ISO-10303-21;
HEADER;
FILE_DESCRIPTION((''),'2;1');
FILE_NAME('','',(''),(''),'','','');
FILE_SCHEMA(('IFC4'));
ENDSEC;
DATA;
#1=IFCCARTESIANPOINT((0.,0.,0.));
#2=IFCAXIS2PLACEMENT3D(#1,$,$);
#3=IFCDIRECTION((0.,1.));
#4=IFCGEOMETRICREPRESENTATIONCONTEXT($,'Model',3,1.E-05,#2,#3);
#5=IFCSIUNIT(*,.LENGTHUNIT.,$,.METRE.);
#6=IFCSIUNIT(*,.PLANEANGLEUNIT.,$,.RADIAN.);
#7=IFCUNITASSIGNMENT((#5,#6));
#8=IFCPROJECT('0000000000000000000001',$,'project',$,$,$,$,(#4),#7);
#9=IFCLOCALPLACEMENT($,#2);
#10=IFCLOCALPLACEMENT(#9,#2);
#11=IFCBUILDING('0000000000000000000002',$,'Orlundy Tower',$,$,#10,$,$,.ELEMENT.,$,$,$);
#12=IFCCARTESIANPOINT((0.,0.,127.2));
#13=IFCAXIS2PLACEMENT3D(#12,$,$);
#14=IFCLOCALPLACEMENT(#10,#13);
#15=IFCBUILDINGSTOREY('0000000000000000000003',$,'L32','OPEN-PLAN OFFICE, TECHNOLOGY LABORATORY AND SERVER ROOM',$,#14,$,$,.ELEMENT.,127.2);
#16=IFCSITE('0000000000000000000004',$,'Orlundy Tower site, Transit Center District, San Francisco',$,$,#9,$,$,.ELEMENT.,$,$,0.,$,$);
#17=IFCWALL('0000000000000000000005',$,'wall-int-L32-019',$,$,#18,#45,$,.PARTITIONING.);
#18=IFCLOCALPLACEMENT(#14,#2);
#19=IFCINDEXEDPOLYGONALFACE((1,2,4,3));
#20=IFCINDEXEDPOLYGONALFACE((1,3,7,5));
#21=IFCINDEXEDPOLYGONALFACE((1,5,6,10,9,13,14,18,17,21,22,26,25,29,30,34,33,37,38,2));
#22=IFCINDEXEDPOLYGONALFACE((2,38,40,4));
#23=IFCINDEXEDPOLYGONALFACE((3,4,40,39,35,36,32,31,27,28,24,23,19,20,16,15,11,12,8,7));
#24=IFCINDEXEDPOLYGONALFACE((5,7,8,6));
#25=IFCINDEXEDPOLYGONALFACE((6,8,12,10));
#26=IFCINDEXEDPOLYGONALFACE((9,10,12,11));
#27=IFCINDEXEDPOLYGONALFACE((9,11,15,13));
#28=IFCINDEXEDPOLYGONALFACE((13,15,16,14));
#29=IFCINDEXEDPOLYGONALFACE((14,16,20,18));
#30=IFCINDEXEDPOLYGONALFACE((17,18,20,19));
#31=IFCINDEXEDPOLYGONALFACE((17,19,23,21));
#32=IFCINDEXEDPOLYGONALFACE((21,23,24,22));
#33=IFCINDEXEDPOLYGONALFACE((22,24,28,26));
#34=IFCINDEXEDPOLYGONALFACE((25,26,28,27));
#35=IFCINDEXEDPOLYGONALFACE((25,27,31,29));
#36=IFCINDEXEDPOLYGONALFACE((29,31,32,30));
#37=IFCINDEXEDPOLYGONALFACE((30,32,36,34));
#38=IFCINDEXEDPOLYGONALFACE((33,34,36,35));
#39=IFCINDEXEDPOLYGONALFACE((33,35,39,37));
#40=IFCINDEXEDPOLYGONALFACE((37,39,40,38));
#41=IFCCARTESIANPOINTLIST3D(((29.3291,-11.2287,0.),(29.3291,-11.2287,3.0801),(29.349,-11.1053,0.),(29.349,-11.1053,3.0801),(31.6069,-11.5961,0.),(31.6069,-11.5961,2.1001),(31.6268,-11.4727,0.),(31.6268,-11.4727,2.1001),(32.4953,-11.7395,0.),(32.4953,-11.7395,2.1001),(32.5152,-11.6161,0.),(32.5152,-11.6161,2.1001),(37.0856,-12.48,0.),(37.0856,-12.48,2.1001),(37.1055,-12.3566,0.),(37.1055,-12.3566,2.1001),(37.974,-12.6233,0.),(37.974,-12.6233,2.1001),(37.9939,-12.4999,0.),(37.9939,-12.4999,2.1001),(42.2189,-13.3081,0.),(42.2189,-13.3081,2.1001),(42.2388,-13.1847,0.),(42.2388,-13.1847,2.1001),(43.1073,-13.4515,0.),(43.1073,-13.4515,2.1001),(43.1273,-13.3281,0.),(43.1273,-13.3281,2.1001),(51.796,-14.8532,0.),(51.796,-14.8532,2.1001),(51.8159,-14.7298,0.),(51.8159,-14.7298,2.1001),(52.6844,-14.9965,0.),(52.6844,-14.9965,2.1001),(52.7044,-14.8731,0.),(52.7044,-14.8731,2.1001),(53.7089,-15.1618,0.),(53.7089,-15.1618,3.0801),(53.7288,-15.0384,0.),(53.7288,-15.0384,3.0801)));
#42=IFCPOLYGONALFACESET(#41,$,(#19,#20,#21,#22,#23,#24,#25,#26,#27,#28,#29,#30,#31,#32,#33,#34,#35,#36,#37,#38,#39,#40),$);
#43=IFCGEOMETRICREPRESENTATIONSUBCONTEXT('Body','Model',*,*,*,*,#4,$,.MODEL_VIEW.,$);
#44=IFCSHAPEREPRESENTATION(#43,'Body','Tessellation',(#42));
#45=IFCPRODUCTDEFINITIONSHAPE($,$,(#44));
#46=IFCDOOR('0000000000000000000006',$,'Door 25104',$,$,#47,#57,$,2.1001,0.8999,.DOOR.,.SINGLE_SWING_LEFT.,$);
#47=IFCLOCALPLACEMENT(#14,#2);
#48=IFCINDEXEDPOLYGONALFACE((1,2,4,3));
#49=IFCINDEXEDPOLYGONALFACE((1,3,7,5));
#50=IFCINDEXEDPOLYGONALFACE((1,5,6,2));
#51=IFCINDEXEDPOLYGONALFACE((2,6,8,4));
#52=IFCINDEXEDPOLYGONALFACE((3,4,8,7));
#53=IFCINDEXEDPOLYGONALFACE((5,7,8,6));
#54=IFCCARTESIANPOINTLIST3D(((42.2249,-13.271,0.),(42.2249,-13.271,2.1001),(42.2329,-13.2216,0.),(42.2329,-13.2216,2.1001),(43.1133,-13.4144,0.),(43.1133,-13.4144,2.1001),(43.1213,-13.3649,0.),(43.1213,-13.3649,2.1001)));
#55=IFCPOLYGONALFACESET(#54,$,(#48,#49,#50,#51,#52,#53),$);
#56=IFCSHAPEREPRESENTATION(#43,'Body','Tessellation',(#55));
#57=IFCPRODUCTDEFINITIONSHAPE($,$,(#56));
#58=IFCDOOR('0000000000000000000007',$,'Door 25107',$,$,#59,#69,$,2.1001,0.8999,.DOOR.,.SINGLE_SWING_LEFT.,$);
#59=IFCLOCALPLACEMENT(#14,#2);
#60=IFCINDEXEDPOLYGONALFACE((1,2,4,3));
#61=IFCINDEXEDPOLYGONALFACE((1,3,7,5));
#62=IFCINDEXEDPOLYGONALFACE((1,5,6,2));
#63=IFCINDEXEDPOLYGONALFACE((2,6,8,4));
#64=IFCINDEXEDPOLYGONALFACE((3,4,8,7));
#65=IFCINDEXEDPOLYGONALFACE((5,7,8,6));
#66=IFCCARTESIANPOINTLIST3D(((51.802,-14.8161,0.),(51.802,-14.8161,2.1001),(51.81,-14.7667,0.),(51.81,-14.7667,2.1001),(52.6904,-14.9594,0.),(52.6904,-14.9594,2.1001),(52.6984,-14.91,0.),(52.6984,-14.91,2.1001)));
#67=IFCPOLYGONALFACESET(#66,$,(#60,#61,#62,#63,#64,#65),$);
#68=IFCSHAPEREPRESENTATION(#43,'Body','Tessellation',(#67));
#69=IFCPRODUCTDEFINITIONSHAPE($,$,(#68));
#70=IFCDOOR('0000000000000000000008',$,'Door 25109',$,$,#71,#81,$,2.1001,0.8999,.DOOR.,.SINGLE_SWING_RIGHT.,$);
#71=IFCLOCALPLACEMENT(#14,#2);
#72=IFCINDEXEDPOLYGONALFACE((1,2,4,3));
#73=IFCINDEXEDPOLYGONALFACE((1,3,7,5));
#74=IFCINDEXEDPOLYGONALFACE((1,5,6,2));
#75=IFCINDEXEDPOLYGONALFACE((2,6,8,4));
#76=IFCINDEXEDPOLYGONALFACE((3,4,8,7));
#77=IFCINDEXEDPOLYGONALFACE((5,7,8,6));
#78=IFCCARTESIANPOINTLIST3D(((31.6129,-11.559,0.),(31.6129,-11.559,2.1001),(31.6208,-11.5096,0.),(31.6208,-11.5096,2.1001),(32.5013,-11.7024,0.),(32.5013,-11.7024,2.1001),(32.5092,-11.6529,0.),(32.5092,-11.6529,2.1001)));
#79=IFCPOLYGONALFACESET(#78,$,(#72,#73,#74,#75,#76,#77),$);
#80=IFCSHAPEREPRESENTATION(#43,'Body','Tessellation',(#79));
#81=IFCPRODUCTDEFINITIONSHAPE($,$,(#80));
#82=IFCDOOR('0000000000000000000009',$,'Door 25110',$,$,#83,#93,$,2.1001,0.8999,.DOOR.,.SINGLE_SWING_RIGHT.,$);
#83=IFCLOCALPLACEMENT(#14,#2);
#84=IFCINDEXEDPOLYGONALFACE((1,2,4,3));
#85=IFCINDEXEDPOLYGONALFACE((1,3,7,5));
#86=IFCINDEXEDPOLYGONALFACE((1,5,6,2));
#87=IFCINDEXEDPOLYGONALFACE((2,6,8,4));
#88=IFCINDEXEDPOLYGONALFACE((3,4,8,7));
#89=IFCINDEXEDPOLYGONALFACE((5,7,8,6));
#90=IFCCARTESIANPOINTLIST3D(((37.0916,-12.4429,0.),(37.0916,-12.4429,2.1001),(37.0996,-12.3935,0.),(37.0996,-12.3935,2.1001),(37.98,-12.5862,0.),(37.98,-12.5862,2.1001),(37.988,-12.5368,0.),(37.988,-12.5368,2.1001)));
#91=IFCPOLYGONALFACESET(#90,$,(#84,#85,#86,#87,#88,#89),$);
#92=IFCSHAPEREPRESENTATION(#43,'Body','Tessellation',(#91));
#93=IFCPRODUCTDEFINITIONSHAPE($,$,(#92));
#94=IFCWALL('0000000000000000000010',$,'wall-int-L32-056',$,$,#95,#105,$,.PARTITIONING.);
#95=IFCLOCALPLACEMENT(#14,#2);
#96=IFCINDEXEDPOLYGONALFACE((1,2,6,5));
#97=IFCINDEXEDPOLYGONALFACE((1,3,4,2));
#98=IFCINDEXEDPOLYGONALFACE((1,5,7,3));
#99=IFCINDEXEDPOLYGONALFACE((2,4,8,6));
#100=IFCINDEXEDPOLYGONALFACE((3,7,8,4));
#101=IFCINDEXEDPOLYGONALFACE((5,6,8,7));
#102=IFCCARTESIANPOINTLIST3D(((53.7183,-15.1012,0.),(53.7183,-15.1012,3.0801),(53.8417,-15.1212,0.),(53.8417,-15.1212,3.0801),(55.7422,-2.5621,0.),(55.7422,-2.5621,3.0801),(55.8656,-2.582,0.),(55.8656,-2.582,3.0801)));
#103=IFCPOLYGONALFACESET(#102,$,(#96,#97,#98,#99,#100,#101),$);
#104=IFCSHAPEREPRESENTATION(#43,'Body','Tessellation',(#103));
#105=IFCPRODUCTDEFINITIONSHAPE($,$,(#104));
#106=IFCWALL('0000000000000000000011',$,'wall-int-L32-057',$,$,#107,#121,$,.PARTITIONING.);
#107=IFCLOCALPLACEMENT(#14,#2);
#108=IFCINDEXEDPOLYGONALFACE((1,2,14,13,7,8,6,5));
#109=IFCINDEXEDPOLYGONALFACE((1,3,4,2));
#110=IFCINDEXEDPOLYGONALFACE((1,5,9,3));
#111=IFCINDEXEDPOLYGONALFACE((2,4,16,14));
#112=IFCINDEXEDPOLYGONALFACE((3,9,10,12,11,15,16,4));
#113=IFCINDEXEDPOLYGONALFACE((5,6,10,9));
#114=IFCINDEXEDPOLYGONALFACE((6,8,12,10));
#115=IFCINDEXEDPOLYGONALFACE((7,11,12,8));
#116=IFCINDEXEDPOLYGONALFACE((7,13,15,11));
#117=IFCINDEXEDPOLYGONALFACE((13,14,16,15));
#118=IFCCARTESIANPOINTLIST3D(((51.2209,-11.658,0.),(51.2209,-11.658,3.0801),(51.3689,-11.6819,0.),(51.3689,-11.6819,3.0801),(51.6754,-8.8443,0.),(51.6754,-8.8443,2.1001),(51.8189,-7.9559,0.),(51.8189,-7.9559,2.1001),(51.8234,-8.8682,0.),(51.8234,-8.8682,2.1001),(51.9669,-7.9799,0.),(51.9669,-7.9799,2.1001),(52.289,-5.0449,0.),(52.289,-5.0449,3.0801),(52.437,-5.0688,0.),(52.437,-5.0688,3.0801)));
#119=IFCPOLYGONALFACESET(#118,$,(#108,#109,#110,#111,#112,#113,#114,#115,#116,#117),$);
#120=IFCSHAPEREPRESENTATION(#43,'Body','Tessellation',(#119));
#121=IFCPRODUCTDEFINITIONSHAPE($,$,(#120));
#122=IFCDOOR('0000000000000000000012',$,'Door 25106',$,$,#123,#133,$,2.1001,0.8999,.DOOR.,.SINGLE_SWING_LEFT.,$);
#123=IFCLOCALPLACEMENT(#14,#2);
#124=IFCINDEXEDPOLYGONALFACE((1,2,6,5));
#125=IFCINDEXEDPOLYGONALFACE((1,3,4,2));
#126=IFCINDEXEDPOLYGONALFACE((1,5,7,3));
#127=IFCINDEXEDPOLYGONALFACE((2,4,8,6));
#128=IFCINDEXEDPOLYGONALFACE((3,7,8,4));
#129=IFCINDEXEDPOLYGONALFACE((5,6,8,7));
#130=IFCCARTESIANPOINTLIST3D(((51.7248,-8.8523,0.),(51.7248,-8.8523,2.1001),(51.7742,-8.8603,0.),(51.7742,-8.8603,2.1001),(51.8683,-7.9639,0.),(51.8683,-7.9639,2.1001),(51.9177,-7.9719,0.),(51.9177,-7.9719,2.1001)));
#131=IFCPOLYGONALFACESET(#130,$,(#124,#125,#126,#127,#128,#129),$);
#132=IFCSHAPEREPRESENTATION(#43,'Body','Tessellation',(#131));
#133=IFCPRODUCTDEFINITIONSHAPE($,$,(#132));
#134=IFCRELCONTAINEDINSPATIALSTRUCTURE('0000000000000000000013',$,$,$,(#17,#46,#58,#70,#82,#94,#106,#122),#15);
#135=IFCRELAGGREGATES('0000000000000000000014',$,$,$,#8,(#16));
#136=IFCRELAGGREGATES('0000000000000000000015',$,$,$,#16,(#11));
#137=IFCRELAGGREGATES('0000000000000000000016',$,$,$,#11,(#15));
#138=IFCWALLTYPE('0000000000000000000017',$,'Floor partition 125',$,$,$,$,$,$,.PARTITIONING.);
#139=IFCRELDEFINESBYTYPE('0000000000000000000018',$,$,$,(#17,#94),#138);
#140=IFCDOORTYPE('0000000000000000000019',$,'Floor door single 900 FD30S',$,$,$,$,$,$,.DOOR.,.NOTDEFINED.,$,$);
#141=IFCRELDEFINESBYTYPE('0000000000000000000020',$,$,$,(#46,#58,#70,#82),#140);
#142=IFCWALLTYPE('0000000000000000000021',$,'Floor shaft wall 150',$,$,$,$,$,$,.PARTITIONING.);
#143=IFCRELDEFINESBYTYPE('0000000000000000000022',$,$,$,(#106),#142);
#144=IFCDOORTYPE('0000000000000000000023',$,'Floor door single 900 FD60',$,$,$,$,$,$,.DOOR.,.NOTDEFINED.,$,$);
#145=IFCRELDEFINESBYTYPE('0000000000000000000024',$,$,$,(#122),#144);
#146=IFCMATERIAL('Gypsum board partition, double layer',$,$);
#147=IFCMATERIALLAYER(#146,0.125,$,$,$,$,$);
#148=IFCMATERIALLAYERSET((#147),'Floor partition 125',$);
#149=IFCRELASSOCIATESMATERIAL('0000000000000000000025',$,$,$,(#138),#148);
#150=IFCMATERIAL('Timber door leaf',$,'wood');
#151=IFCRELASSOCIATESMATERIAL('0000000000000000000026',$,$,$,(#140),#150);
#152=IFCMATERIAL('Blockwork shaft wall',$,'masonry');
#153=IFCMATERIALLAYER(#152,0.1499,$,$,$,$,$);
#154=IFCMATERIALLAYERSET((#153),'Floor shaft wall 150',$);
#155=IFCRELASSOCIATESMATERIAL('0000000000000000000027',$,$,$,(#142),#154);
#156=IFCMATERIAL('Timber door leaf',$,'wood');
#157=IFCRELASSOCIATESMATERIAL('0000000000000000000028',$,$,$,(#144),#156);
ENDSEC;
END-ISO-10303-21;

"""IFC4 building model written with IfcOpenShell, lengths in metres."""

from ifc_helpers import new_model, si_unit, direction, frame, frame_2d, origin, place, context, subcontext, project, spatial, rectangle, extrude, material, layer, layer_set, type_object, element, fill, save


model = new_model("IFC4")

# Units and contexts
model_context = context("Model", 3, precision=1e-05, world=origin(), true_north=direction((0.0, 1.0)))
body_context = subcontext(model_context, "Body", "Model", "MODEL_VIEW")
ifc_project = project(units=[si_unit("LENGTHUNIT", "METRE"), si_unit("PLANEANGLEUNIT", "RADIAN")], contexts=[model_context])

# Site, building, storey
site_placement = place(None, origin())
site = spatial("IfcSite", under=ifc_project, at=site_placement, Name="Orlundy Tower site, Transit Center District, San Francisco", CompositionType="ELEMENT", RefElevation=0.0)
building_placement = place(site_placement, origin())
building = spatial("IfcBuilding", under=site, at=building_placement, Name="Orlundy Tower", CompositionType="ELEMENT")
storey_placement = place(building_placement, frame((0.0, 0.0, 127.2)))
storey = spatial("IfcBuildingStorey", under=building, at=storey_placement, Name="L32", Description="OPEN-PLAN OFFICE, TECHNOLOGY LABORATORY AND SERVER ROOM", CompositionType="ELEMENT", Elevation=127.2)

# Wall, openings, doors
ifc_material_1 = material(Name="Gypsum board partition, double layer")
ifc_layer_1 = layer(ifc_material_1, 0.125)
ifc_layer_set_1 = layer_set([ifc_layer_1], Name="Floor partition 125")
wall_type_1 = type_object("IfcWallType", Name="Floor partition 125", PredefinedType="PARTITIONING", material=ifc_layer_set_1)
wall_1_placement = place(storey_placement, frame((53.719, -15.1001, 0.0), z_axis=(0.0, 0.0, 1.0), x_axis=(-0.987236, 0.159267, 0.0)))
wall_1 = element("IfcWall", 1, at=wall_1_placement, inside=storey, type_object=wall_type_1, Name="wall-int-L32-019", PredefinedType="PARTITIONING", context=body_context, shape_type="SweptSolid", body=[
    extrude(rectangle(XDim=24.6951, YDim=0.125, at=frame_2d((12.3477, 0.0))), origin(), (0.0, 0.0, 1.0), 3.0801),
])
opening_1_placement = place(wall_1_placement, frame((10.7388, 0.0, 0.0)))
opening_1 = element("IfcOpeningElement", 2, at=opening_1_placement, cuts=wall_1, PredefinedType="OPENING", context=body_context, shape_type="SweptSolid", body=[
    extrude(rectangle(XDim=0.8999, YDim=2.1001, at=frame_2d((0.45, 1.05))), frame((0.0, 0.0725, 0.0), z_axis=(0.0, -1.0, 0.0), x_axis=(1.0, 0.0, 0.0)), (0.0, 0.0, 1.0), 0.145),
])
opening_2_placement = place(wall_1_placement, frame((1.0378, 0.0, 0.0)))
opening_2 = element("IfcOpeningElement", 3, at=opening_2_placement, cuts=wall_1, PredefinedType="OPENING", context=body_context, shape_type="SweptSolid", body=[
    extrude(rectangle(XDim=0.8999, YDim=2.1001, at=frame_2d((0.45, 1.05))), frame((0.0, 0.0725, 0.0), z_axis=(0.0, -1.0, 0.0), x_axis=(1.0, 0.0, 0.0)), (0.0, 0.0, 1.0), 0.145),
])
opening_3_placement = place(wall_1_placement, frame((21.488, 0.0, 0.0)))
opening_3 = element("IfcOpeningElement", 4, at=opening_3_placement, cuts=wall_1, PredefinedType="OPENING", context=body_context, shape_type="SweptSolid", body=[
    extrude(rectangle(XDim=0.8999, YDim=2.1001, at=frame_2d((0.45, 1.05))), frame((0.0, 0.0725, 0.0), z_axis=(0.0, -1.0, 0.0), x_axis=(1.0, 0.0, 0.0)), (0.0, 0.0, 1.0), 0.145),
])
opening_4_placement = place(wall_1_placement, frame((15.9385, 0.0, 0.0)))
opening_4 = element("IfcOpeningElement", 5, at=opening_4_placement, cuts=wall_1, PredefinedType="OPENING", context=body_context, shape_type="SweptSolid", body=[
    extrude(rectangle(XDim=0.8999, YDim=2.1001, at=frame_2d((0.45, 1.05))), frame((0.0, 0.0725, 0.0), z_axis=(0.0, -1.0, 0.0), x_axis=(1.0, 0.0, 0.0)), (0.0, 0.0, 1.0), 0.145),
])
ifc_material_2 = material(Name="Timber door leaf", Category="wood")
door_type_1 = type_object("IfcDoorType", Name="Floor door single 900 FD30S", OperationType="NOTDEFINED", PredefinedType="DOOR", material=ifc_material_2)
door_1_placement = place(opening_1_placement, origin())
door_1 = element("IfcDoor", 6, at=door_1_placement, inside=storey, type_object=door_type_1, Name="Door 25104", OperationType="SINGLE_SWING_LEFT", OverallHeight=2.1001, OverallWidth=0.8999, PredefinedType="DOOR", context=body_context, shape_type="SweptSolid", body=[
    extrude(rectangle(XDim=0.8999, YDim=2.1001, at=frame_2d((0.45, 1.05))), frame((0.0, 0.0249, 0.0), z_axis=(0.0, -1.0, 0.0), x_axis=(1.0, 0.0, 0.0)), (0.0, 0.0, 1.0), 0.05),
])
fill(opening_1, door_1)
door_2_placement = place(opening_2_placement, origin())
door_2 = element("IfcDoor", 7, at=door_2_placement, inside=storey, type_object=door_type_1, Name="Door 25107", OperationType="SINGLE_SWING_LEFT", OverallHeight=2.1001, OverallWidth=0.8999, PredefinedType="DOOR", context=body_context, shape_type="SweptSolid", body=[
    extrude(rectangle(XDim=0.8999, YDim=2.1001, at=frame_2d((0.45, 1.05))), frame((0.0, 0.0249, 0.0), z_axis=(0.0, -1.0, 0.0), x_axis=(1.0, 0.0, 0.0)), (0.0, 0.0, 1.0), 0.05),
])
fill(opening_2, door_2)
door_3_placement = place(opening_3_placement, origin())
door_3 = element("IfcDoor", 8, at=door_3_placement, inside=storey, type_object=door_type_1, Name="Door 25109", OperationType="SINGLE_SWING_RIGHT", OverallHeight=2.1001, OverallWidth=0.8999, PredefinedType="DOOR", context=body_context, shape_type="SweptSolid", body=[
    extrude(rectangle(XDim=0.8999, YDim=2.1001, at=frame_2d((0.45, 1.05))), frame((0.0, 0.0249, 0.0), z_axis=(0.0, -1.0, 0.0), x_axis=(1.0, 0.0, 0.0)), (0.0, 0.0, 1.0), 0.05),
])
fill(opening_3, door_3)
door_4_placement = place(opening_4_placement, origin())
door_4 = element("IfcDoor", 9, at=door_4_placement, inside=storey, type_object=door_type_1, Name="Door 25110", OperationType="SINGLE_SWING_RIGHT", OverallHeight=2.1001, OverallWidth=0.8999, PredefinedType="DOOR", context=body_context, shape_type="SweptSolid", body=[
    extrude(rectangle(XDim=0.8999, YDim=2.1001, at=frame_2d((0.45, 1.05))), frame((0.0, 0.0249, 0.0), z_axis=(0.0, -1.0, 0.0), x_axis=(1.0, 0.0, 0.0)), (0.0, 0.0, 1.0), 0.05),
])
fill(opening_4, door_4)

# Wall
wall_2_placement = place(storey_placement, frame((53.78, -15.1111, 0.0), z_axis=(0.0, 0.0, 1.0), x_axis=(0.159347, 0.987223, 0.0)))
element("IfcWall", 10, at=wall_2_placement, inside=storey, type_object=wall_type_1, Name="wall-int-L32-056", PredefinedType="PARTITIONING", context=body_context, shape_type="SweptSolid", body=[
    extrude(rectangle(XDim=12.7014, YDim=0.125, at=frame_2d((6.3506, 0.0))), origin(), (0.0, 0.0, 1.0), 3.0801),
])

# Wall, opening, door
ifc_material_3 = material(Name="Blockwork shaft wall", Category="masonry")
ifc_layer_2 = layer(ifc_material_3, 0.1499)
ifc_layer_set_2 = layer_set([ifc_layer_2], Name="Floor shaft wall 150")
wall_type_2 = type_object("IfcWallType", Name="Floor shaft wall 150", PredefinedType="PARTITIONING", material=ifc_layer_set_2)
wall_3_placement = place(storey_placement, frame((51.2949, -11.6699, 0.0), z_axis=(0.0, 0.0, 1.0), x_axis=(0.15945, 0.987206, 0.0)))
wall_3 = element("IfcWall", 11, at=wall_3_placement, inside=storey, type_object=wall_type_2, Name="wall-int-L32-057", PredefinedType="PARTITIONING", context=body_context, shape_type="SweptSolid", body=[
    extrude(rectangle(XDim=6.6987, YDim=0.1499, at=frame_2d((3.3494, 0.0))), origin(), (0.0, 0.0, 1.0), 3.0801),
])
opening_5_placement = place(wall_3_placement, frame((2.8501, 0.0, 0.0)))
opening_5 = element("IfcOpeningElement", 12, at=opening_5_placement, cuts=wall_3, PredefinedType="OPENING", context=body_context, shape_type="SweptSolid", body=[
    extrude(rectangle(XDim=0.8999, YDim=2.1001, at=frame_2d((0.45, 1.05))), frame((0.0, 0.085, 0.0), z_axis=(0.0, -1.0, 0.0), x_axis=(1.0, 0.0, 0.0)), (0.0, 0.0, 1.0), 0.1699),
])
ifc_material_4 = material(Name="Timber door leaf", Category="wood")
door_type_2 = type_object("IfcDoorType", Name="Floor door single 900 FD60", OperationType="NOTDEFINED", PredefinedType="DOOR", material=ifc_material_4)
door_5_placement = place(opening_5_placement, origin())
door_5 = element("IfcDoor", 13, at=door_5_placement, inside=storey, type_object=door_type_2, Name="Door 25106", OperationType="SINGLE_SWING_LEFT", OverallHeight=2.1001, OverallWidth=0.8999, PredefinedType="DOOR", context=body_context, shape_type="SweptSolid", body=[
    extrude(rectangle(XDim=0.8999, YDim=2.1001, at=frame_2d((0.45, 1.05))), frame((0.0, 0.0249, 0.0), z_axis=(0.0, -1.0, 0.0), x_axis=(1.0, 0.0, 0.0)), (0.0, 0.0, 1.0), 0.05),
])
fill(opening_5, door_5)

save(model, "model.ifc")
